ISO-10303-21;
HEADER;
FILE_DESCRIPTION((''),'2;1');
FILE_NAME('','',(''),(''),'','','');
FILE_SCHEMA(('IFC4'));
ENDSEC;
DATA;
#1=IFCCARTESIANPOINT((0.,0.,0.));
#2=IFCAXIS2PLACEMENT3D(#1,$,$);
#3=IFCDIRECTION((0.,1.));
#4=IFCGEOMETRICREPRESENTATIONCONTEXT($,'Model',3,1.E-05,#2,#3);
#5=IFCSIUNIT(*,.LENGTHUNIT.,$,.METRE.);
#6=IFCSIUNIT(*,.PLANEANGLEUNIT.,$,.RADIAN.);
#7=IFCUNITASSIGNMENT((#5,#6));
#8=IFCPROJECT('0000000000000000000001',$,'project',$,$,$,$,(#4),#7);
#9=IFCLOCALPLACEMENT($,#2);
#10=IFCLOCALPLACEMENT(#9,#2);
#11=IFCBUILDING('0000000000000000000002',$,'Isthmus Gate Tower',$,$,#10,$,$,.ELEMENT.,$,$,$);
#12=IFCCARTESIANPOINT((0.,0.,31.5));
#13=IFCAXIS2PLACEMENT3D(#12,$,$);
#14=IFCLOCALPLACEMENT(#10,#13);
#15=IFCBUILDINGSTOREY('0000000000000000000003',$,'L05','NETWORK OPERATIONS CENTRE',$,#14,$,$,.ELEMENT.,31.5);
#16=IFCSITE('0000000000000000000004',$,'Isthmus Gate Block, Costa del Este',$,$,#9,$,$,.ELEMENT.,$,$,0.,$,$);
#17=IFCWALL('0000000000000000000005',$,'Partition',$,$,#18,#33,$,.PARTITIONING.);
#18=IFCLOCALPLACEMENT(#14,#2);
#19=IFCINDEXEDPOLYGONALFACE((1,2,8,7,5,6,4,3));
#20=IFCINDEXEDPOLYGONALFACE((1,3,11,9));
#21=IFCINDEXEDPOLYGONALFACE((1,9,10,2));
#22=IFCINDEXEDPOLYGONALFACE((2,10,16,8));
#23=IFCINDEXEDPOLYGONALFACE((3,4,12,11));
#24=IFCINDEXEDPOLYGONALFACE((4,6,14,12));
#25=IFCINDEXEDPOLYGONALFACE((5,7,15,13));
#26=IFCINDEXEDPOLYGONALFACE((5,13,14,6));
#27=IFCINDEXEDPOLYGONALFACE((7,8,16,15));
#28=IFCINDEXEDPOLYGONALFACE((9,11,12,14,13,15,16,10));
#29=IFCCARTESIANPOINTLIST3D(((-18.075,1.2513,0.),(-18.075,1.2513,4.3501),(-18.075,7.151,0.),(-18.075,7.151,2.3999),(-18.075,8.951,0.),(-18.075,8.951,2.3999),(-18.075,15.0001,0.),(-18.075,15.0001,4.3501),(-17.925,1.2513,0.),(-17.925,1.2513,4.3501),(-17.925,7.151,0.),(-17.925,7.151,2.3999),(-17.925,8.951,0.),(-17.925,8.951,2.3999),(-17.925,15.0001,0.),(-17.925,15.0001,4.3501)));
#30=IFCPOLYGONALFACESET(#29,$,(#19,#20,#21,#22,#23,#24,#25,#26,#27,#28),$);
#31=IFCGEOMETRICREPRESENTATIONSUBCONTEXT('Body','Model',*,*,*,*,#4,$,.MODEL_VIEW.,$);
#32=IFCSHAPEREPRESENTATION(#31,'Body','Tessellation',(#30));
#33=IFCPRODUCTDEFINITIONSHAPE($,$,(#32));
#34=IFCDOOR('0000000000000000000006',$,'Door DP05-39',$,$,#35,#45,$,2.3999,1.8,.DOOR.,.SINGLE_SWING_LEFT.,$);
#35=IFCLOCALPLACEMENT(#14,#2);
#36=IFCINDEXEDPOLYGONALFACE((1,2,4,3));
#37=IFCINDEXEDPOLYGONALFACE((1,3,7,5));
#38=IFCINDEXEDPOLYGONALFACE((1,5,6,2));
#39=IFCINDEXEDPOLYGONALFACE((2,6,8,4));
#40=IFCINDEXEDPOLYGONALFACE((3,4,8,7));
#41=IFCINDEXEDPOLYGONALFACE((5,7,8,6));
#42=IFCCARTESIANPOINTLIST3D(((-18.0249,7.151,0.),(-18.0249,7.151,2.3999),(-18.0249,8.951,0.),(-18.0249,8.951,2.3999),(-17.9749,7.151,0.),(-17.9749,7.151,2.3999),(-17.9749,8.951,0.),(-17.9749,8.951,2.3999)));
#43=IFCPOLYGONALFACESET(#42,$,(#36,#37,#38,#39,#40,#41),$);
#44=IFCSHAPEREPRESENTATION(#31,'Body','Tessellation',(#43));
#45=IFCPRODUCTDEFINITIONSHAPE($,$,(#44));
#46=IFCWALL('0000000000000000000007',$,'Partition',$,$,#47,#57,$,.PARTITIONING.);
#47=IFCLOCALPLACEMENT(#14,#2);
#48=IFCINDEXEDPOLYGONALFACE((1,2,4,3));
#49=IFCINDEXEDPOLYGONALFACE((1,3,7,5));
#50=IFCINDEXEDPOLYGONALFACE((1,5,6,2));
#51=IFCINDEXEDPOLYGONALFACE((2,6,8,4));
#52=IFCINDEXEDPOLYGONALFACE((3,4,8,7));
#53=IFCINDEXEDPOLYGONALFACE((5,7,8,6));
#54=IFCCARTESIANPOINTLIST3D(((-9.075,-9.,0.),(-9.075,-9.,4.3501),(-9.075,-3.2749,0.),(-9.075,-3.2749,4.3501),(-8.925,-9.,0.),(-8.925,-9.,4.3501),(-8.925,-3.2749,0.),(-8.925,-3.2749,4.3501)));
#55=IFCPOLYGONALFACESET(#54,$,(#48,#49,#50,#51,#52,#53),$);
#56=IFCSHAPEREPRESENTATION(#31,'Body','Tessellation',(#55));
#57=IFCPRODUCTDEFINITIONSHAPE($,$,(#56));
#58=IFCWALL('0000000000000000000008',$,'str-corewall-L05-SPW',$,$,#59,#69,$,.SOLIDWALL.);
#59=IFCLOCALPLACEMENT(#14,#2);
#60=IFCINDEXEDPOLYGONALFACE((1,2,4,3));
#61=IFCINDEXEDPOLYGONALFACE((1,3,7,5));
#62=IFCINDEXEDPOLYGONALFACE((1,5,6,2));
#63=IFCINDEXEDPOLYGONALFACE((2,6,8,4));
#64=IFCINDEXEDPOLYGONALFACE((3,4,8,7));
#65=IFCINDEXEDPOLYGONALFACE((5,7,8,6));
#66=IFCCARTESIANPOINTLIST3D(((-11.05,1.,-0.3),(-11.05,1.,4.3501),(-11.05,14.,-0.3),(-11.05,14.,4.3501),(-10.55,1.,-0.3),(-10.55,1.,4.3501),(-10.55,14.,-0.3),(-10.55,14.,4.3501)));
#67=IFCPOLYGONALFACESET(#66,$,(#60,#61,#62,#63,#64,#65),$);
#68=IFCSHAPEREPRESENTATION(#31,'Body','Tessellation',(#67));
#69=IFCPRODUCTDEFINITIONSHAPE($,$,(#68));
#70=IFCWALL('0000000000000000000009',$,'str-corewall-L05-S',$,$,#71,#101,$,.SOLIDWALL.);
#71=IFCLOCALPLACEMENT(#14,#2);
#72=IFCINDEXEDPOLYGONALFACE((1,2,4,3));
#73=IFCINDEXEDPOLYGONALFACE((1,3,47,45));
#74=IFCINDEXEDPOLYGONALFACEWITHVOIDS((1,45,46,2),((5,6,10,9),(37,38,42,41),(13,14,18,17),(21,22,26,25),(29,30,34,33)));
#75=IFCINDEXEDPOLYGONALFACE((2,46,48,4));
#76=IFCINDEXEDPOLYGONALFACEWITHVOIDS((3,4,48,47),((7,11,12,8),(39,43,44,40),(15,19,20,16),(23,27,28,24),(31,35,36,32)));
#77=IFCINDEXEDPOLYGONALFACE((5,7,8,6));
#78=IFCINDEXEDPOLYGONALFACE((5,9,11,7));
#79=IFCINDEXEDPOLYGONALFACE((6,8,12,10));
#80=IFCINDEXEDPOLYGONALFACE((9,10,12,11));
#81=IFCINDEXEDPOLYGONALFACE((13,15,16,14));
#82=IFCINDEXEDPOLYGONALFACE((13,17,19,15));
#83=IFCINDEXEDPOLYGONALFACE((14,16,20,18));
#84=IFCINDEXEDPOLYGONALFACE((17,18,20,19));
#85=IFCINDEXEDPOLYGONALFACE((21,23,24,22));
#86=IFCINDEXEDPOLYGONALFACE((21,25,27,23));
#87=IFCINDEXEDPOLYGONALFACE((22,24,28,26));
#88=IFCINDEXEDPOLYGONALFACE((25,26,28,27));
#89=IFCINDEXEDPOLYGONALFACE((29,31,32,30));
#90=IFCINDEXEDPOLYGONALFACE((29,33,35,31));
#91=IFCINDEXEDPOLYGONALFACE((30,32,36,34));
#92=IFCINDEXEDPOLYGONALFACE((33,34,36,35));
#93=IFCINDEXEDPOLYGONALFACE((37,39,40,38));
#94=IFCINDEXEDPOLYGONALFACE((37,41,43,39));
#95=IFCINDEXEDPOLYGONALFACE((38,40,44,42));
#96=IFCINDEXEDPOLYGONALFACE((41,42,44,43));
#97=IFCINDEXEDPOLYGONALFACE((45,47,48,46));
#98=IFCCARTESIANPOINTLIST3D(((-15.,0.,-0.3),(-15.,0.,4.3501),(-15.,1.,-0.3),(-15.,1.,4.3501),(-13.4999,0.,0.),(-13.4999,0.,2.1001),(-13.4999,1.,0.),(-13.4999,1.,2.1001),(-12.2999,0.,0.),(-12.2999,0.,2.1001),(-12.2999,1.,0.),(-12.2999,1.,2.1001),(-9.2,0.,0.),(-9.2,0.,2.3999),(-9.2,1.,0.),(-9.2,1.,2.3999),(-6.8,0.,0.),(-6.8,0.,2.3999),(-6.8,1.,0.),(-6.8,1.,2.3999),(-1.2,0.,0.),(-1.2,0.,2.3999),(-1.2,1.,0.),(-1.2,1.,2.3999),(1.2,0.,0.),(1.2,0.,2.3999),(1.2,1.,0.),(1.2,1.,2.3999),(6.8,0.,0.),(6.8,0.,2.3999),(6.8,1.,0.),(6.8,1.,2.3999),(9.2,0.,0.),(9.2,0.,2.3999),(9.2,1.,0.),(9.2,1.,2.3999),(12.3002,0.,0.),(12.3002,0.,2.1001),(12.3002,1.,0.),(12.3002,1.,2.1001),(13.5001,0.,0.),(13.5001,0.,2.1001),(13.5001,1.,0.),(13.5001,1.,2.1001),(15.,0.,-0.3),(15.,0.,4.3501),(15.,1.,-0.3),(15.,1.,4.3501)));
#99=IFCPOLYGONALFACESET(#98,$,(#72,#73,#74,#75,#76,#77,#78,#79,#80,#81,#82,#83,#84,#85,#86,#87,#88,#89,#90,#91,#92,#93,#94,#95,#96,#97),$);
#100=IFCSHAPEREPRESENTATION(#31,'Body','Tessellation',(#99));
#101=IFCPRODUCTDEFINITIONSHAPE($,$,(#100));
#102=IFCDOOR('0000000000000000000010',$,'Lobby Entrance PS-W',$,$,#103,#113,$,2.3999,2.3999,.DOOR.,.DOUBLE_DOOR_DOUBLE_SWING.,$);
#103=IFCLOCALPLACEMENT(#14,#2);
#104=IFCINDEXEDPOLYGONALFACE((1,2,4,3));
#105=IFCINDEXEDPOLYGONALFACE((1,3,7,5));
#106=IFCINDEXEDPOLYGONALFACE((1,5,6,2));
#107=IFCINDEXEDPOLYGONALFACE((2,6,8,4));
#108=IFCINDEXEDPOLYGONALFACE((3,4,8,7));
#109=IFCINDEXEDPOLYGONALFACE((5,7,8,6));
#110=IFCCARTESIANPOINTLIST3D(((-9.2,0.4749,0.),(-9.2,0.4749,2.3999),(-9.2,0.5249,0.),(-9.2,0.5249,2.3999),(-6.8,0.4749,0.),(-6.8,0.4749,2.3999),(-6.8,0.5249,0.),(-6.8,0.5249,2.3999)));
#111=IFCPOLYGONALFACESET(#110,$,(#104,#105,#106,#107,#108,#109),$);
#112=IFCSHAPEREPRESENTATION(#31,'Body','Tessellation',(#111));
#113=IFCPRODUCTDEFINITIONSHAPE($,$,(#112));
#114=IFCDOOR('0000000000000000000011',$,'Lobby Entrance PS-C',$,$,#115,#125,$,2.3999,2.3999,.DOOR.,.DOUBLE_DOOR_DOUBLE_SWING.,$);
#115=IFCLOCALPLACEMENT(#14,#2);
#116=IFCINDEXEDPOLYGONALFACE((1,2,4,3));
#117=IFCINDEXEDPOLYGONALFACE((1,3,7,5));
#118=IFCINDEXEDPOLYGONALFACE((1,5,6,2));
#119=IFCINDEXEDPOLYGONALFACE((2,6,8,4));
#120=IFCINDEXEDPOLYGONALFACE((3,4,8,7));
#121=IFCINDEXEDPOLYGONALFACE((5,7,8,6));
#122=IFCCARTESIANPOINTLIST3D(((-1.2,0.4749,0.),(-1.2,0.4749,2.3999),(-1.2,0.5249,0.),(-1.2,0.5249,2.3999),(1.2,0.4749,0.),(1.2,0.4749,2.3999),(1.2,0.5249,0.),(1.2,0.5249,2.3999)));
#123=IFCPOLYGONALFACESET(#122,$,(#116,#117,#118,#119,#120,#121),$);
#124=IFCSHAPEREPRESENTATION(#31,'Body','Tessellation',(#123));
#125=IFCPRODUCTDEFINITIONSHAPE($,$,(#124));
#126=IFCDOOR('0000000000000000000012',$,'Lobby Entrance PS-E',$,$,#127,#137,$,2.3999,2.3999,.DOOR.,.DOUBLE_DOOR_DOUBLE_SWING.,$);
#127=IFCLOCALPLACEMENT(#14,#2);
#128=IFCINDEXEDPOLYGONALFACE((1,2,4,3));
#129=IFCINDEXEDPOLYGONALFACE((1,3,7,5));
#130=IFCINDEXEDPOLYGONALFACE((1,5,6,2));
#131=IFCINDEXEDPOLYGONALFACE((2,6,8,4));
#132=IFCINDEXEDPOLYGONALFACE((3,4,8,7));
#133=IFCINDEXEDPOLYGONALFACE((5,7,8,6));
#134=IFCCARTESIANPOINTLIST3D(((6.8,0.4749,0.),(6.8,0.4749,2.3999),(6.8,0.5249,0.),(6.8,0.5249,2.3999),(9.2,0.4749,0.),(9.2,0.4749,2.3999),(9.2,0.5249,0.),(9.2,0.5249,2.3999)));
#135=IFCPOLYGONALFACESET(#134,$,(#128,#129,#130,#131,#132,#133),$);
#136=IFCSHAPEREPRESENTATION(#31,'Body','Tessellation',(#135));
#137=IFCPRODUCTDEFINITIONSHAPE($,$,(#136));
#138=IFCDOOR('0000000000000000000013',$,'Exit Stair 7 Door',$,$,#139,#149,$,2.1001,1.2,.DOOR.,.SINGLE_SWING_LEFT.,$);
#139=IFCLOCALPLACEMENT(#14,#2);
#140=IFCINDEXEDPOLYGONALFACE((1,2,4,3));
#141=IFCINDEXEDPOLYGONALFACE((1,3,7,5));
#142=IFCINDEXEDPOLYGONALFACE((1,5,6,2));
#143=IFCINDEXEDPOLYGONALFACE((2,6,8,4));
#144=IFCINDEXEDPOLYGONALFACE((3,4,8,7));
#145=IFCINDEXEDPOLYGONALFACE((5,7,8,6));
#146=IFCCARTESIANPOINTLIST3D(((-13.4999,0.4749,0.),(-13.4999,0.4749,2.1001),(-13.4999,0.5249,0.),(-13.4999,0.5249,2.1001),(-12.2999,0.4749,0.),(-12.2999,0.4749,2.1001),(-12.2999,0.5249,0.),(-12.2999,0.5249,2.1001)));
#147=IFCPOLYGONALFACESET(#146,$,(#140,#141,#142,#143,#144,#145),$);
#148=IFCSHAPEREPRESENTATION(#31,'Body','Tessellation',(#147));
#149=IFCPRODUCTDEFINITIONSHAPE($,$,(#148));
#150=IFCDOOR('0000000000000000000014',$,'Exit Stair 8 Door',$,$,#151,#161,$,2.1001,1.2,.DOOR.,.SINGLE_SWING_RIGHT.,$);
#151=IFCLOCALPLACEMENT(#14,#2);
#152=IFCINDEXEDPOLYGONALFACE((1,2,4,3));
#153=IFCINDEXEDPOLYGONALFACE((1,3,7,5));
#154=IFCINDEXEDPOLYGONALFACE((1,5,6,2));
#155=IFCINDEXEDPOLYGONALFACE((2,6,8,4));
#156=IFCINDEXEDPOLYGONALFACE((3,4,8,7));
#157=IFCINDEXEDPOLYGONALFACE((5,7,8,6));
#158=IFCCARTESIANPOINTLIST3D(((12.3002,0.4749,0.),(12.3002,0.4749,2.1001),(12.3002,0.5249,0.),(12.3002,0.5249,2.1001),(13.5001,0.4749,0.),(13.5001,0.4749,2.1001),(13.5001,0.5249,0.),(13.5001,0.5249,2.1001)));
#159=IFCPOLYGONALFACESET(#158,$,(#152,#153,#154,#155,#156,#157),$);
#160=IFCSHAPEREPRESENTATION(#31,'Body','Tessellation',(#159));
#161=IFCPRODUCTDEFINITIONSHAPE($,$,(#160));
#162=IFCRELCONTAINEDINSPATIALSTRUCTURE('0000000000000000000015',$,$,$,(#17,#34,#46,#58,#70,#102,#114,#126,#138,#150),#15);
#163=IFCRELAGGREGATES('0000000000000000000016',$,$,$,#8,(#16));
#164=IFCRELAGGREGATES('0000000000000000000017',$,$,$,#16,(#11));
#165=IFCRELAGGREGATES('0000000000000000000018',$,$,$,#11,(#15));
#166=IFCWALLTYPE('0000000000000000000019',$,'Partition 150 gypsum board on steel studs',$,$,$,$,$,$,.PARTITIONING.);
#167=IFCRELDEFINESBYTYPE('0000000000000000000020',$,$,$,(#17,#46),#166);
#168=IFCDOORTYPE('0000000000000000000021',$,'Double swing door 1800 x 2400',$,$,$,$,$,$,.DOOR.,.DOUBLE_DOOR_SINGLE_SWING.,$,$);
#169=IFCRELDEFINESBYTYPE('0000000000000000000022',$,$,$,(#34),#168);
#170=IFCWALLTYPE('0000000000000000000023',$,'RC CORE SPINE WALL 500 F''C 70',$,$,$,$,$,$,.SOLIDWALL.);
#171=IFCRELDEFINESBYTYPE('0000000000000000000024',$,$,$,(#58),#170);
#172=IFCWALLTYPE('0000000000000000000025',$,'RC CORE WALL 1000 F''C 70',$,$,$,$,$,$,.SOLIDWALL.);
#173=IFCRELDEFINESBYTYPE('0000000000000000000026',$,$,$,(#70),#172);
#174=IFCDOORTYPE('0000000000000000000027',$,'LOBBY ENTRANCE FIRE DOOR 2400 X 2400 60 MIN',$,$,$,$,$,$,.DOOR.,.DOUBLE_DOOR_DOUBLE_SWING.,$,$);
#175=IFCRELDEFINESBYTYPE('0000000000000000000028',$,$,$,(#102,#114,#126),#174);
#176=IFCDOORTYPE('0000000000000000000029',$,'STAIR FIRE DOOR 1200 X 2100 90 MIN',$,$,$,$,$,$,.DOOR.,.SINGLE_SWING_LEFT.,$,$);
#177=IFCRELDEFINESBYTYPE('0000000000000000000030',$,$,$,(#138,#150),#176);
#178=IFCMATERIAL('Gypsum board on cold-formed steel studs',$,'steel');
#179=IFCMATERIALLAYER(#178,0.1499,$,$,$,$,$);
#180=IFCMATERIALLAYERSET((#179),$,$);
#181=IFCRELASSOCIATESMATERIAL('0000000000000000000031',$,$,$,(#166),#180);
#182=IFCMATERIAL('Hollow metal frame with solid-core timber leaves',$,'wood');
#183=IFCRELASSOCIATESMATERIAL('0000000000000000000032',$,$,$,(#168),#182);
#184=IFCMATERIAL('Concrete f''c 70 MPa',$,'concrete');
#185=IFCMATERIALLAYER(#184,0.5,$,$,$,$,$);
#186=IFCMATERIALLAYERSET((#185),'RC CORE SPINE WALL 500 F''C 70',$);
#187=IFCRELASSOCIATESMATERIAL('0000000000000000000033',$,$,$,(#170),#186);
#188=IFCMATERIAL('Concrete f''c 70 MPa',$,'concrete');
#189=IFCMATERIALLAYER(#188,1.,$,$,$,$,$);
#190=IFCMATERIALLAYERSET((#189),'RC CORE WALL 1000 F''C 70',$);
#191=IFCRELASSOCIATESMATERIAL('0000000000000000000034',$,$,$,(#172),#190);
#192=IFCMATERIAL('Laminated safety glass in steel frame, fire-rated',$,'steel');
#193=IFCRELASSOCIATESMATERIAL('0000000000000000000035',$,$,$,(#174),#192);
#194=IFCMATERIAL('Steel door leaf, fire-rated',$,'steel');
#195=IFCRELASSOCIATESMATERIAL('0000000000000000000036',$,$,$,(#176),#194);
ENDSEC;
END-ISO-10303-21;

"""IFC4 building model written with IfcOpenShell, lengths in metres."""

from ifc_helpers import new_model, si_unit, direction, frame, frame_2d, origin, place, context, subcontext, project, spatial, rectangle, extrude, material, layer, layer_set, type_object, element, fill, save


model = new_model("IFC4")

# Units and contexts
model_context = context("Model", 3, precision=1e-05, world=origin(), true_north=direction((0.0, 1.0)))
body_context = subcontext(model_context, "Body", "Model", "MODEL_VIEW")
ifc_project = project(units=[si_unit("LENGTHUNIT", "METRE"), si_unit("PLANEANGLEUNIT", "RADIAN")], contexts=[model_context])

# Site, building, storey
site_placement = place(None, origin())
site = spatial("IfcSite", under=ifc_project, at=site_placement, Name="Isthmus Gate Block, Costa del Este", CompositionType="ELEMENT", RefElevation=0.0)
building_placement = place(site_placement, origin())
building = spatial("IfcBuilding", under=site, at=building_placement, Name="Isthmus Gate Tower", CompositionType="ELEMENT")
storey_placement = place(building_placement, frame((0.0, 0.0, 31.5)))
storey = spatial("IfcBuildingStorey", under=building, at=storey_placement, Name="L05", Description="NETWORK OPERATIONS CENTRE", CompositionType="ELEMENT", Elevation=31.5)

# Shared definitions
ifc_material_1 = material(Name="Gypsum board on cold-formed steel studs", Category="steel")
ifc_layer_1 = layer(ifc_material_1, 0.1499)
ifc_layer_set_1 = layer_set([ifc_layer_1])
wall_type_1 = type_object("IfcWallType", Name="Partition 150 gypsum board on steel studs", PredefinedType="PARTITIONING", material=ifc_layer_set_1)

# Wall, opening, door
wall_1_placement = place(storey_placement, frame((-18.0, 1.2512, 0.0), z_axis=(0.0, 0.0, 1.0), x_axis=(0.0, 1.0, 0.0)))
wall_1 = element("IfcWall", 1, at=wall_1_placement, inside=storey, type_object=wall_type_1, Name="Partition", PredefinedType="PARTITIONING", context=body_context, shape_type="SweptSolid", body=[
    extrude(rectangle(XDim=13.7488, YDim=0.1499, at=frame_2d((6.8745, 0.0))), origin(), (0.0, 0.0, 1.0), 4.3501),
])
opening_1_placement = place(wall_1_placement, frame((5.8999, 0.0, 0.0)))
opening_1 = element("IfcOpeningElement", 2, at=opening_1_placement, cuts=wall_1, PredefinedType="OPENING", context=body_context, shape_type="SweptSolid", body=[
    extrude(rectangle(XDim=1.8, YDim=2.3999, at=frame_2d((0.8999, 1.2))), frame((0.0, 0.085, 0.0), z_axis=(0.0, -1.0, 0.0), x_axis=(1.0, 0.0, 0.0)), (0.0, 0.0, 1.0), 0.1699),
])
ifc_material_2 = material(Name="Hollow metal frame with solid-core timber leaves", Category="wood")
door_type_1 = type_object("IfcDoorType", Name="Double swing door 1800 x 2400", OperationType="DOUBLE_DOOR_SINGLE_SWING", PredefinedType="DOOR", material=ifc_material_2)
door_1_placement = place(opening_1_placement, origin())
door_1 = element("IfcDoor", 3, at=door_1_placement, inside=storey, type_object=door_type_1, Name="Door DP05-39", OperationType="SINGLE_SWING_LEFT", OverallHeight=2.3999, OverallWidth=1.8, PredefinedType="DOOR", context=body_context, shape_type="SweptSolid", body=[
    extrude(rectangle(XDim=1.8, YDim=2.3999, at=frame_2d((0.8999, 1.2))), frame((0.0, 0.0249, 0.0), z_axis=(0.0, -1.0, 0.0), x_axis=(1.0, 0.0, 0.0)), (0.0, 0.0, 1.0), 0.05),
])
fill(opening_1, door_1)

# Walls
wall_2_placement = place(storey_placement, frame((-9.0, -9.0, 0.0), z_axis=(0.0, 0.0, 1.0), x_axis=(0.0, 1.0, 0.0)))
element("IfcWall", 4, at=wall_2_placement, inside=storey, type_object=wall_type_1, Name="Partition", PredefinedType="PARTITIONING", context=body_context, shape_type="SweptSolid", body=[
    extrude(rectangle(XDim=5.7251, YDim=0.1499, at=frame_2d((2.8625, 0.0))), origin(), (0.0, 0.0, 1.0), 4.3501),
])
ifc_material_3 = material(Name="Concrete f'c 70 MPa", Category="concrete")
ifc_layer_2 = layer(ifc_material_3, 0.5)
ifc_layer_set_2 = layer_set([ifc_layer_2], Name="RC CORE SPINE WALL 500 F'C 70")
wall_type_2 = type_object("IfcWallType", Name="RC CORE SPINE WALL 500 F'C 70", PredefinedType="SOLIDWALL", material=ifc_layer_set_2)
wall_3_placement = place(storey_placement, frame((-10.8, 1.0, -0.3), z_axis=(0.0, 0.0, 1.0), x_axis=(0.0, 1.0, 0.0)))
element("IfcWall", 5, at=wall_3_placement, inside=storey, type_object=wall_type_2, Name="str-corewall-L05-SPW", PredefinedType="SOLIDWALL", context=body_context, shape_type="SweptSolid", body=[
    extrude(rectangle(XDim=13.0, YDim=0.5, at=frame_2d((6.5, 0.0))), origin(), (0.0, 0.0, 1.0), 4.6501),
])

# Wall, openings, doors
ifc_material_4 = material(Name="Concrete f'c 70 MPa", Category="concrete")
ifc_layer_3 = layer(ifc_material_4, 1.0)
ifc_layer_set_3 = layer_set([ifc_layer_3], Name="RC CORE WALL 1000 F'C 70")
wall_type_3 = type_object("IfcWallType", Name="RC CORE WALL 1000 F'C 70", PredefinedType="SOLIDWALL", material=ifc_layer_set_3)
wall_4_placement = place(storey_placement, frame((-15.0, 0.5, -0.3), z_axis=(0.0, 0.0, 1.0), x_axis=(1.0, 0.0, 0.0)))
wall_4 = element("IfcWall", 6, at=wall_4_placement, inside=storey, type_object=wall_type_3, Name="str-corewall-L05-S", PredefinedType="SOLIDWALL", context=body_context, shape_type="SweptSolid", body=[
    extrude(rectangle(XDim=30.0, YDim=1.0, at=frame_2d((15.0, 0.0))), origin(), (0.0, 0.0, 1.0), 4.6501),
])
opening_2_placement = place(wall_4_placement, frame((5.8, 0.0, 0.3)))
opening_2 = element("IfcOpeningElement", 7, at=opening_2_placement, cuts=wall_4, PredefinedType="OPENING", context=body_context, shape_type="SweptSolid", body=[
    extrude(rectangle(XDim=2.3999, YDim=2.3999, at=frame_2d((1.2, 1.2))), frame((0.0, 0.51, 0.0), z_axis=(0.0, -1.0, 0.0), x_axis=(1.0, 0.0, 0.0)), (0.0, 0.0, 1.0), 1.02),
])
opening_3_placement = place(wall_4_placement, frame((13.8, 0.0, 0.3)))
opening_3 = element("IfcOpeningElement", 8, at=opening_3_placement, cuts=wall_4, PredefinedType="OPENING", context=body_context, shape_type="SweptSolid", body=[
    extrude(rectangle(XDim=2.3999, YDim=2.3999, at=frame_2d((1.2, 1.2))), frame((0.0, 0.51, 0.0), z_axis=(0.0, -1.0, 0.0), x_axis=(1.0, 0.0, 0.0)), (0.0, 0.0, 1.0), 1.02),
])
opening_4_placement = place(wall_4_placement, frame((21.8, 0.0, 0.3)))
opening_4 = element("IfcOpeningElement", 9, at=opening_4_placement, cuts=wall_4, PredefinedType="OPENING", context=body_context, shape_type="SweptSolid", body=[
    extrude(rectangle(XDim=2.3999, YDim=2.3999, at=frame_2d((1.2, 1.2))), frame((0.0, 0.51, 0.0), z_axis=(0.0, -1.0, 0.0), x_axis=(1.0, 0.0, 0.0)), (0.0, 0.0, 1.0), 1.02),
])
opening_5_placement = place(wall_4_placement, frame((1.5, 0.0, 0.3)))
opening_5 = element("IfcOpeningElement", 10, at=opening_5_placement, cuts=wall_4, PredefinedType="OPENING", context=body_context, shape_type="SweptSolid", body=[
    extrude(rectangle(XDim=1.2, YDim=2.1001, at=frame_2d((0.6001, 1.05))), frame((0.0, 0.51, 0.0), z_axis=(0.0, -1.0, 0.0), x_axis=(1.0, 0.0, 0.0)), (0.0, 0.0, 1.0), 1.02),
])
opening_6_placement = place(wall_4_placement, frame((27.3, 0.0, 0.3)))
opening_6 = element("IfcOpeningElement", 11, at=opening_6_placement, cuts=wall_4, PredefinedType="OPENING", context=body_context, shape_type="SweptSolid", body=[
    extrude(rectangle(XDim=1.2, YDim=2.1001, at=frame_2d((0.6001, 1.05))), frame((0.0, 0.51, 0.0), z_axis=(0.0, -1.0, 0.0), x_axis=(1.0, 0.0, 0.0)), (0.0, 0.0, 1.0), 1.02),
])
ifc_material_5 = material(Name="Laminated safety glass in steel frame, fire-rated", Category="steel")
door_type_2 = type_object("IfcDoorType", Name="LOBBY ENTRANCE FIRE DOOR 2400 X 2400 60 MIN", OperationType="DOUBLE_DOOR_DOUBLE_SWING", PredefinedType="DOOR", material=ifc_material_5)
door_2_placement = place(opening_2_placement, origin())
door_2 = element("IfcDoor", 12, at=door_2_placement, inside=storey, type_object=door_type_2, Name="Lobby Entrance PS-W", OperationType="DOUBLE_DOOR_DOUBLE_SWING", OverallHeight=2.3999, OverallWidth=2.3999, PredefinedType="DOOR", context=body_context, shape_type="SweptSolid", body=[
    extrude(rectangle(XDim=2.3999, YDim=2.3999, at=frame_2d((1.2, 1.2))), frame((0.0, 0.0249, 0.0), z_axis=(0.0, -1.0, 0.0), x_axis=(1.0, 0.0, 0.0)), (0.0, 0.0, 1.0), 0.05),
])
fill(opening_2, door_2)
door_3_placement = place(opening_3_placement, origin())
door_3 = element("IfcDoor", 13, at=door_3_placement, inside=storey, type_object=door_type_2, Name="Lobby Entrance PS-C", OperationType="DOUBLE_DOOR_DOUBLE_SWING", OverallHeight=2.3999, OverallWidth=2.3999, PredefinedType="DOOR", context=body_context, shape_type="SweptSolid", body=[
    extrude(rectangle(XDim=2.3999, YDim=2.3999, at=frame_2d((1.2, 1.2))), frame((0.0, 0.0249, 0.0), z_axis=(0.0, -1.0, 0.0), x_axis=(1.0, 0.0, 0.0)), (0.0, 0.0, 1.0), 0.05),
])
fill(opening_3, door_3)
door_4_placement = place(opening_4_placement, origin())
door_4 = element("IfcDoor", 14, at=door_4_placement, inside=storey, type_object=door_type_2, Name="Lobby Entrance PS-E", OperationType="DOUBLE_DOOR_DOUBLE_SWING", OverallHeight=2.3999, OverallWidth=2.3999, PredefinedType="DOOR", context=body_context, shape_type="SweptSolid", body=[
    extrude(rectangle(XDim=2.3999, YDim=2.3999, at=frame_2d((1.2, 1.2))), frame((0.0, 0.0249, 0.0), z_axis=(0.0, -1.0, 0.0), x_axis=(1.0, 0.0, 0.0)), (0.0, 0.0, 1.0), 0.05),
])
fill(opening_4, door_4)
ifc_material_6 = material(Name="Steel door leaf, fire-rated", Category="steel")
door_type_3 = type_object("IfcDoorType", Name="STAIR FIRE DOOR 1200 X 2100 90 MIN", OperationType="SINGLE_SWING_LEFT", PredefinedType="DOOR", material=ifc_material_6)
door_5_placement = place(opening_5_placement, origin())
door_5 = element("IfcDoor", 15, at=door_5_placement, inside=storey, type_object=door_type_3, Name="Exit Stair 7 Door", OperationType="SINGLE_SWING_LEFT", OverallHeight=2.1001, OverallWidth=1.2, PredefinedType="DOOR", context=body_context, shape_type="SweptSolid", body=[
    extrude(rectangle(XDim=1.2, YDim=2.1001, at=frame_2d((0.6001, 1.05))), frame((0.0, 0.0249, 0.0), z_axis=(0.0, -1.0, 0.0), x_axis=(1.0, 0.0, 0.0)), (0.0, 0.0, 1.0), 0.05),
])
fill(opening_5, door_5)
door_6_placement = place(opening_6_placement, origin())
door_6 = element("IfcDoor", 16, at=door_6_placement, inside=storey, type_object=door_type_3, Name="Exit Stair 8 Door", OperationType="SINGLE_SWING_RIGHT", OverallHeight=2.1001, OverallWidth=1.2, PredefinedType="DOOR", context=body_context, shape_type="SweptSolid", body=[
    extrude(rectangle(XDim=1.2, YDim=2.1001, at=frame_2d((0.6001, 1.05))), frame((0.0, 0.0249, 0.0), z_axis=(0.0, -1.0, 0.0), x_axis=(1.0, 0.0, 0.0)), (0.0, 0.0, 1.0), 0.05),
])
fill(opening_6, door_6)

save(model, "model.ifc")
